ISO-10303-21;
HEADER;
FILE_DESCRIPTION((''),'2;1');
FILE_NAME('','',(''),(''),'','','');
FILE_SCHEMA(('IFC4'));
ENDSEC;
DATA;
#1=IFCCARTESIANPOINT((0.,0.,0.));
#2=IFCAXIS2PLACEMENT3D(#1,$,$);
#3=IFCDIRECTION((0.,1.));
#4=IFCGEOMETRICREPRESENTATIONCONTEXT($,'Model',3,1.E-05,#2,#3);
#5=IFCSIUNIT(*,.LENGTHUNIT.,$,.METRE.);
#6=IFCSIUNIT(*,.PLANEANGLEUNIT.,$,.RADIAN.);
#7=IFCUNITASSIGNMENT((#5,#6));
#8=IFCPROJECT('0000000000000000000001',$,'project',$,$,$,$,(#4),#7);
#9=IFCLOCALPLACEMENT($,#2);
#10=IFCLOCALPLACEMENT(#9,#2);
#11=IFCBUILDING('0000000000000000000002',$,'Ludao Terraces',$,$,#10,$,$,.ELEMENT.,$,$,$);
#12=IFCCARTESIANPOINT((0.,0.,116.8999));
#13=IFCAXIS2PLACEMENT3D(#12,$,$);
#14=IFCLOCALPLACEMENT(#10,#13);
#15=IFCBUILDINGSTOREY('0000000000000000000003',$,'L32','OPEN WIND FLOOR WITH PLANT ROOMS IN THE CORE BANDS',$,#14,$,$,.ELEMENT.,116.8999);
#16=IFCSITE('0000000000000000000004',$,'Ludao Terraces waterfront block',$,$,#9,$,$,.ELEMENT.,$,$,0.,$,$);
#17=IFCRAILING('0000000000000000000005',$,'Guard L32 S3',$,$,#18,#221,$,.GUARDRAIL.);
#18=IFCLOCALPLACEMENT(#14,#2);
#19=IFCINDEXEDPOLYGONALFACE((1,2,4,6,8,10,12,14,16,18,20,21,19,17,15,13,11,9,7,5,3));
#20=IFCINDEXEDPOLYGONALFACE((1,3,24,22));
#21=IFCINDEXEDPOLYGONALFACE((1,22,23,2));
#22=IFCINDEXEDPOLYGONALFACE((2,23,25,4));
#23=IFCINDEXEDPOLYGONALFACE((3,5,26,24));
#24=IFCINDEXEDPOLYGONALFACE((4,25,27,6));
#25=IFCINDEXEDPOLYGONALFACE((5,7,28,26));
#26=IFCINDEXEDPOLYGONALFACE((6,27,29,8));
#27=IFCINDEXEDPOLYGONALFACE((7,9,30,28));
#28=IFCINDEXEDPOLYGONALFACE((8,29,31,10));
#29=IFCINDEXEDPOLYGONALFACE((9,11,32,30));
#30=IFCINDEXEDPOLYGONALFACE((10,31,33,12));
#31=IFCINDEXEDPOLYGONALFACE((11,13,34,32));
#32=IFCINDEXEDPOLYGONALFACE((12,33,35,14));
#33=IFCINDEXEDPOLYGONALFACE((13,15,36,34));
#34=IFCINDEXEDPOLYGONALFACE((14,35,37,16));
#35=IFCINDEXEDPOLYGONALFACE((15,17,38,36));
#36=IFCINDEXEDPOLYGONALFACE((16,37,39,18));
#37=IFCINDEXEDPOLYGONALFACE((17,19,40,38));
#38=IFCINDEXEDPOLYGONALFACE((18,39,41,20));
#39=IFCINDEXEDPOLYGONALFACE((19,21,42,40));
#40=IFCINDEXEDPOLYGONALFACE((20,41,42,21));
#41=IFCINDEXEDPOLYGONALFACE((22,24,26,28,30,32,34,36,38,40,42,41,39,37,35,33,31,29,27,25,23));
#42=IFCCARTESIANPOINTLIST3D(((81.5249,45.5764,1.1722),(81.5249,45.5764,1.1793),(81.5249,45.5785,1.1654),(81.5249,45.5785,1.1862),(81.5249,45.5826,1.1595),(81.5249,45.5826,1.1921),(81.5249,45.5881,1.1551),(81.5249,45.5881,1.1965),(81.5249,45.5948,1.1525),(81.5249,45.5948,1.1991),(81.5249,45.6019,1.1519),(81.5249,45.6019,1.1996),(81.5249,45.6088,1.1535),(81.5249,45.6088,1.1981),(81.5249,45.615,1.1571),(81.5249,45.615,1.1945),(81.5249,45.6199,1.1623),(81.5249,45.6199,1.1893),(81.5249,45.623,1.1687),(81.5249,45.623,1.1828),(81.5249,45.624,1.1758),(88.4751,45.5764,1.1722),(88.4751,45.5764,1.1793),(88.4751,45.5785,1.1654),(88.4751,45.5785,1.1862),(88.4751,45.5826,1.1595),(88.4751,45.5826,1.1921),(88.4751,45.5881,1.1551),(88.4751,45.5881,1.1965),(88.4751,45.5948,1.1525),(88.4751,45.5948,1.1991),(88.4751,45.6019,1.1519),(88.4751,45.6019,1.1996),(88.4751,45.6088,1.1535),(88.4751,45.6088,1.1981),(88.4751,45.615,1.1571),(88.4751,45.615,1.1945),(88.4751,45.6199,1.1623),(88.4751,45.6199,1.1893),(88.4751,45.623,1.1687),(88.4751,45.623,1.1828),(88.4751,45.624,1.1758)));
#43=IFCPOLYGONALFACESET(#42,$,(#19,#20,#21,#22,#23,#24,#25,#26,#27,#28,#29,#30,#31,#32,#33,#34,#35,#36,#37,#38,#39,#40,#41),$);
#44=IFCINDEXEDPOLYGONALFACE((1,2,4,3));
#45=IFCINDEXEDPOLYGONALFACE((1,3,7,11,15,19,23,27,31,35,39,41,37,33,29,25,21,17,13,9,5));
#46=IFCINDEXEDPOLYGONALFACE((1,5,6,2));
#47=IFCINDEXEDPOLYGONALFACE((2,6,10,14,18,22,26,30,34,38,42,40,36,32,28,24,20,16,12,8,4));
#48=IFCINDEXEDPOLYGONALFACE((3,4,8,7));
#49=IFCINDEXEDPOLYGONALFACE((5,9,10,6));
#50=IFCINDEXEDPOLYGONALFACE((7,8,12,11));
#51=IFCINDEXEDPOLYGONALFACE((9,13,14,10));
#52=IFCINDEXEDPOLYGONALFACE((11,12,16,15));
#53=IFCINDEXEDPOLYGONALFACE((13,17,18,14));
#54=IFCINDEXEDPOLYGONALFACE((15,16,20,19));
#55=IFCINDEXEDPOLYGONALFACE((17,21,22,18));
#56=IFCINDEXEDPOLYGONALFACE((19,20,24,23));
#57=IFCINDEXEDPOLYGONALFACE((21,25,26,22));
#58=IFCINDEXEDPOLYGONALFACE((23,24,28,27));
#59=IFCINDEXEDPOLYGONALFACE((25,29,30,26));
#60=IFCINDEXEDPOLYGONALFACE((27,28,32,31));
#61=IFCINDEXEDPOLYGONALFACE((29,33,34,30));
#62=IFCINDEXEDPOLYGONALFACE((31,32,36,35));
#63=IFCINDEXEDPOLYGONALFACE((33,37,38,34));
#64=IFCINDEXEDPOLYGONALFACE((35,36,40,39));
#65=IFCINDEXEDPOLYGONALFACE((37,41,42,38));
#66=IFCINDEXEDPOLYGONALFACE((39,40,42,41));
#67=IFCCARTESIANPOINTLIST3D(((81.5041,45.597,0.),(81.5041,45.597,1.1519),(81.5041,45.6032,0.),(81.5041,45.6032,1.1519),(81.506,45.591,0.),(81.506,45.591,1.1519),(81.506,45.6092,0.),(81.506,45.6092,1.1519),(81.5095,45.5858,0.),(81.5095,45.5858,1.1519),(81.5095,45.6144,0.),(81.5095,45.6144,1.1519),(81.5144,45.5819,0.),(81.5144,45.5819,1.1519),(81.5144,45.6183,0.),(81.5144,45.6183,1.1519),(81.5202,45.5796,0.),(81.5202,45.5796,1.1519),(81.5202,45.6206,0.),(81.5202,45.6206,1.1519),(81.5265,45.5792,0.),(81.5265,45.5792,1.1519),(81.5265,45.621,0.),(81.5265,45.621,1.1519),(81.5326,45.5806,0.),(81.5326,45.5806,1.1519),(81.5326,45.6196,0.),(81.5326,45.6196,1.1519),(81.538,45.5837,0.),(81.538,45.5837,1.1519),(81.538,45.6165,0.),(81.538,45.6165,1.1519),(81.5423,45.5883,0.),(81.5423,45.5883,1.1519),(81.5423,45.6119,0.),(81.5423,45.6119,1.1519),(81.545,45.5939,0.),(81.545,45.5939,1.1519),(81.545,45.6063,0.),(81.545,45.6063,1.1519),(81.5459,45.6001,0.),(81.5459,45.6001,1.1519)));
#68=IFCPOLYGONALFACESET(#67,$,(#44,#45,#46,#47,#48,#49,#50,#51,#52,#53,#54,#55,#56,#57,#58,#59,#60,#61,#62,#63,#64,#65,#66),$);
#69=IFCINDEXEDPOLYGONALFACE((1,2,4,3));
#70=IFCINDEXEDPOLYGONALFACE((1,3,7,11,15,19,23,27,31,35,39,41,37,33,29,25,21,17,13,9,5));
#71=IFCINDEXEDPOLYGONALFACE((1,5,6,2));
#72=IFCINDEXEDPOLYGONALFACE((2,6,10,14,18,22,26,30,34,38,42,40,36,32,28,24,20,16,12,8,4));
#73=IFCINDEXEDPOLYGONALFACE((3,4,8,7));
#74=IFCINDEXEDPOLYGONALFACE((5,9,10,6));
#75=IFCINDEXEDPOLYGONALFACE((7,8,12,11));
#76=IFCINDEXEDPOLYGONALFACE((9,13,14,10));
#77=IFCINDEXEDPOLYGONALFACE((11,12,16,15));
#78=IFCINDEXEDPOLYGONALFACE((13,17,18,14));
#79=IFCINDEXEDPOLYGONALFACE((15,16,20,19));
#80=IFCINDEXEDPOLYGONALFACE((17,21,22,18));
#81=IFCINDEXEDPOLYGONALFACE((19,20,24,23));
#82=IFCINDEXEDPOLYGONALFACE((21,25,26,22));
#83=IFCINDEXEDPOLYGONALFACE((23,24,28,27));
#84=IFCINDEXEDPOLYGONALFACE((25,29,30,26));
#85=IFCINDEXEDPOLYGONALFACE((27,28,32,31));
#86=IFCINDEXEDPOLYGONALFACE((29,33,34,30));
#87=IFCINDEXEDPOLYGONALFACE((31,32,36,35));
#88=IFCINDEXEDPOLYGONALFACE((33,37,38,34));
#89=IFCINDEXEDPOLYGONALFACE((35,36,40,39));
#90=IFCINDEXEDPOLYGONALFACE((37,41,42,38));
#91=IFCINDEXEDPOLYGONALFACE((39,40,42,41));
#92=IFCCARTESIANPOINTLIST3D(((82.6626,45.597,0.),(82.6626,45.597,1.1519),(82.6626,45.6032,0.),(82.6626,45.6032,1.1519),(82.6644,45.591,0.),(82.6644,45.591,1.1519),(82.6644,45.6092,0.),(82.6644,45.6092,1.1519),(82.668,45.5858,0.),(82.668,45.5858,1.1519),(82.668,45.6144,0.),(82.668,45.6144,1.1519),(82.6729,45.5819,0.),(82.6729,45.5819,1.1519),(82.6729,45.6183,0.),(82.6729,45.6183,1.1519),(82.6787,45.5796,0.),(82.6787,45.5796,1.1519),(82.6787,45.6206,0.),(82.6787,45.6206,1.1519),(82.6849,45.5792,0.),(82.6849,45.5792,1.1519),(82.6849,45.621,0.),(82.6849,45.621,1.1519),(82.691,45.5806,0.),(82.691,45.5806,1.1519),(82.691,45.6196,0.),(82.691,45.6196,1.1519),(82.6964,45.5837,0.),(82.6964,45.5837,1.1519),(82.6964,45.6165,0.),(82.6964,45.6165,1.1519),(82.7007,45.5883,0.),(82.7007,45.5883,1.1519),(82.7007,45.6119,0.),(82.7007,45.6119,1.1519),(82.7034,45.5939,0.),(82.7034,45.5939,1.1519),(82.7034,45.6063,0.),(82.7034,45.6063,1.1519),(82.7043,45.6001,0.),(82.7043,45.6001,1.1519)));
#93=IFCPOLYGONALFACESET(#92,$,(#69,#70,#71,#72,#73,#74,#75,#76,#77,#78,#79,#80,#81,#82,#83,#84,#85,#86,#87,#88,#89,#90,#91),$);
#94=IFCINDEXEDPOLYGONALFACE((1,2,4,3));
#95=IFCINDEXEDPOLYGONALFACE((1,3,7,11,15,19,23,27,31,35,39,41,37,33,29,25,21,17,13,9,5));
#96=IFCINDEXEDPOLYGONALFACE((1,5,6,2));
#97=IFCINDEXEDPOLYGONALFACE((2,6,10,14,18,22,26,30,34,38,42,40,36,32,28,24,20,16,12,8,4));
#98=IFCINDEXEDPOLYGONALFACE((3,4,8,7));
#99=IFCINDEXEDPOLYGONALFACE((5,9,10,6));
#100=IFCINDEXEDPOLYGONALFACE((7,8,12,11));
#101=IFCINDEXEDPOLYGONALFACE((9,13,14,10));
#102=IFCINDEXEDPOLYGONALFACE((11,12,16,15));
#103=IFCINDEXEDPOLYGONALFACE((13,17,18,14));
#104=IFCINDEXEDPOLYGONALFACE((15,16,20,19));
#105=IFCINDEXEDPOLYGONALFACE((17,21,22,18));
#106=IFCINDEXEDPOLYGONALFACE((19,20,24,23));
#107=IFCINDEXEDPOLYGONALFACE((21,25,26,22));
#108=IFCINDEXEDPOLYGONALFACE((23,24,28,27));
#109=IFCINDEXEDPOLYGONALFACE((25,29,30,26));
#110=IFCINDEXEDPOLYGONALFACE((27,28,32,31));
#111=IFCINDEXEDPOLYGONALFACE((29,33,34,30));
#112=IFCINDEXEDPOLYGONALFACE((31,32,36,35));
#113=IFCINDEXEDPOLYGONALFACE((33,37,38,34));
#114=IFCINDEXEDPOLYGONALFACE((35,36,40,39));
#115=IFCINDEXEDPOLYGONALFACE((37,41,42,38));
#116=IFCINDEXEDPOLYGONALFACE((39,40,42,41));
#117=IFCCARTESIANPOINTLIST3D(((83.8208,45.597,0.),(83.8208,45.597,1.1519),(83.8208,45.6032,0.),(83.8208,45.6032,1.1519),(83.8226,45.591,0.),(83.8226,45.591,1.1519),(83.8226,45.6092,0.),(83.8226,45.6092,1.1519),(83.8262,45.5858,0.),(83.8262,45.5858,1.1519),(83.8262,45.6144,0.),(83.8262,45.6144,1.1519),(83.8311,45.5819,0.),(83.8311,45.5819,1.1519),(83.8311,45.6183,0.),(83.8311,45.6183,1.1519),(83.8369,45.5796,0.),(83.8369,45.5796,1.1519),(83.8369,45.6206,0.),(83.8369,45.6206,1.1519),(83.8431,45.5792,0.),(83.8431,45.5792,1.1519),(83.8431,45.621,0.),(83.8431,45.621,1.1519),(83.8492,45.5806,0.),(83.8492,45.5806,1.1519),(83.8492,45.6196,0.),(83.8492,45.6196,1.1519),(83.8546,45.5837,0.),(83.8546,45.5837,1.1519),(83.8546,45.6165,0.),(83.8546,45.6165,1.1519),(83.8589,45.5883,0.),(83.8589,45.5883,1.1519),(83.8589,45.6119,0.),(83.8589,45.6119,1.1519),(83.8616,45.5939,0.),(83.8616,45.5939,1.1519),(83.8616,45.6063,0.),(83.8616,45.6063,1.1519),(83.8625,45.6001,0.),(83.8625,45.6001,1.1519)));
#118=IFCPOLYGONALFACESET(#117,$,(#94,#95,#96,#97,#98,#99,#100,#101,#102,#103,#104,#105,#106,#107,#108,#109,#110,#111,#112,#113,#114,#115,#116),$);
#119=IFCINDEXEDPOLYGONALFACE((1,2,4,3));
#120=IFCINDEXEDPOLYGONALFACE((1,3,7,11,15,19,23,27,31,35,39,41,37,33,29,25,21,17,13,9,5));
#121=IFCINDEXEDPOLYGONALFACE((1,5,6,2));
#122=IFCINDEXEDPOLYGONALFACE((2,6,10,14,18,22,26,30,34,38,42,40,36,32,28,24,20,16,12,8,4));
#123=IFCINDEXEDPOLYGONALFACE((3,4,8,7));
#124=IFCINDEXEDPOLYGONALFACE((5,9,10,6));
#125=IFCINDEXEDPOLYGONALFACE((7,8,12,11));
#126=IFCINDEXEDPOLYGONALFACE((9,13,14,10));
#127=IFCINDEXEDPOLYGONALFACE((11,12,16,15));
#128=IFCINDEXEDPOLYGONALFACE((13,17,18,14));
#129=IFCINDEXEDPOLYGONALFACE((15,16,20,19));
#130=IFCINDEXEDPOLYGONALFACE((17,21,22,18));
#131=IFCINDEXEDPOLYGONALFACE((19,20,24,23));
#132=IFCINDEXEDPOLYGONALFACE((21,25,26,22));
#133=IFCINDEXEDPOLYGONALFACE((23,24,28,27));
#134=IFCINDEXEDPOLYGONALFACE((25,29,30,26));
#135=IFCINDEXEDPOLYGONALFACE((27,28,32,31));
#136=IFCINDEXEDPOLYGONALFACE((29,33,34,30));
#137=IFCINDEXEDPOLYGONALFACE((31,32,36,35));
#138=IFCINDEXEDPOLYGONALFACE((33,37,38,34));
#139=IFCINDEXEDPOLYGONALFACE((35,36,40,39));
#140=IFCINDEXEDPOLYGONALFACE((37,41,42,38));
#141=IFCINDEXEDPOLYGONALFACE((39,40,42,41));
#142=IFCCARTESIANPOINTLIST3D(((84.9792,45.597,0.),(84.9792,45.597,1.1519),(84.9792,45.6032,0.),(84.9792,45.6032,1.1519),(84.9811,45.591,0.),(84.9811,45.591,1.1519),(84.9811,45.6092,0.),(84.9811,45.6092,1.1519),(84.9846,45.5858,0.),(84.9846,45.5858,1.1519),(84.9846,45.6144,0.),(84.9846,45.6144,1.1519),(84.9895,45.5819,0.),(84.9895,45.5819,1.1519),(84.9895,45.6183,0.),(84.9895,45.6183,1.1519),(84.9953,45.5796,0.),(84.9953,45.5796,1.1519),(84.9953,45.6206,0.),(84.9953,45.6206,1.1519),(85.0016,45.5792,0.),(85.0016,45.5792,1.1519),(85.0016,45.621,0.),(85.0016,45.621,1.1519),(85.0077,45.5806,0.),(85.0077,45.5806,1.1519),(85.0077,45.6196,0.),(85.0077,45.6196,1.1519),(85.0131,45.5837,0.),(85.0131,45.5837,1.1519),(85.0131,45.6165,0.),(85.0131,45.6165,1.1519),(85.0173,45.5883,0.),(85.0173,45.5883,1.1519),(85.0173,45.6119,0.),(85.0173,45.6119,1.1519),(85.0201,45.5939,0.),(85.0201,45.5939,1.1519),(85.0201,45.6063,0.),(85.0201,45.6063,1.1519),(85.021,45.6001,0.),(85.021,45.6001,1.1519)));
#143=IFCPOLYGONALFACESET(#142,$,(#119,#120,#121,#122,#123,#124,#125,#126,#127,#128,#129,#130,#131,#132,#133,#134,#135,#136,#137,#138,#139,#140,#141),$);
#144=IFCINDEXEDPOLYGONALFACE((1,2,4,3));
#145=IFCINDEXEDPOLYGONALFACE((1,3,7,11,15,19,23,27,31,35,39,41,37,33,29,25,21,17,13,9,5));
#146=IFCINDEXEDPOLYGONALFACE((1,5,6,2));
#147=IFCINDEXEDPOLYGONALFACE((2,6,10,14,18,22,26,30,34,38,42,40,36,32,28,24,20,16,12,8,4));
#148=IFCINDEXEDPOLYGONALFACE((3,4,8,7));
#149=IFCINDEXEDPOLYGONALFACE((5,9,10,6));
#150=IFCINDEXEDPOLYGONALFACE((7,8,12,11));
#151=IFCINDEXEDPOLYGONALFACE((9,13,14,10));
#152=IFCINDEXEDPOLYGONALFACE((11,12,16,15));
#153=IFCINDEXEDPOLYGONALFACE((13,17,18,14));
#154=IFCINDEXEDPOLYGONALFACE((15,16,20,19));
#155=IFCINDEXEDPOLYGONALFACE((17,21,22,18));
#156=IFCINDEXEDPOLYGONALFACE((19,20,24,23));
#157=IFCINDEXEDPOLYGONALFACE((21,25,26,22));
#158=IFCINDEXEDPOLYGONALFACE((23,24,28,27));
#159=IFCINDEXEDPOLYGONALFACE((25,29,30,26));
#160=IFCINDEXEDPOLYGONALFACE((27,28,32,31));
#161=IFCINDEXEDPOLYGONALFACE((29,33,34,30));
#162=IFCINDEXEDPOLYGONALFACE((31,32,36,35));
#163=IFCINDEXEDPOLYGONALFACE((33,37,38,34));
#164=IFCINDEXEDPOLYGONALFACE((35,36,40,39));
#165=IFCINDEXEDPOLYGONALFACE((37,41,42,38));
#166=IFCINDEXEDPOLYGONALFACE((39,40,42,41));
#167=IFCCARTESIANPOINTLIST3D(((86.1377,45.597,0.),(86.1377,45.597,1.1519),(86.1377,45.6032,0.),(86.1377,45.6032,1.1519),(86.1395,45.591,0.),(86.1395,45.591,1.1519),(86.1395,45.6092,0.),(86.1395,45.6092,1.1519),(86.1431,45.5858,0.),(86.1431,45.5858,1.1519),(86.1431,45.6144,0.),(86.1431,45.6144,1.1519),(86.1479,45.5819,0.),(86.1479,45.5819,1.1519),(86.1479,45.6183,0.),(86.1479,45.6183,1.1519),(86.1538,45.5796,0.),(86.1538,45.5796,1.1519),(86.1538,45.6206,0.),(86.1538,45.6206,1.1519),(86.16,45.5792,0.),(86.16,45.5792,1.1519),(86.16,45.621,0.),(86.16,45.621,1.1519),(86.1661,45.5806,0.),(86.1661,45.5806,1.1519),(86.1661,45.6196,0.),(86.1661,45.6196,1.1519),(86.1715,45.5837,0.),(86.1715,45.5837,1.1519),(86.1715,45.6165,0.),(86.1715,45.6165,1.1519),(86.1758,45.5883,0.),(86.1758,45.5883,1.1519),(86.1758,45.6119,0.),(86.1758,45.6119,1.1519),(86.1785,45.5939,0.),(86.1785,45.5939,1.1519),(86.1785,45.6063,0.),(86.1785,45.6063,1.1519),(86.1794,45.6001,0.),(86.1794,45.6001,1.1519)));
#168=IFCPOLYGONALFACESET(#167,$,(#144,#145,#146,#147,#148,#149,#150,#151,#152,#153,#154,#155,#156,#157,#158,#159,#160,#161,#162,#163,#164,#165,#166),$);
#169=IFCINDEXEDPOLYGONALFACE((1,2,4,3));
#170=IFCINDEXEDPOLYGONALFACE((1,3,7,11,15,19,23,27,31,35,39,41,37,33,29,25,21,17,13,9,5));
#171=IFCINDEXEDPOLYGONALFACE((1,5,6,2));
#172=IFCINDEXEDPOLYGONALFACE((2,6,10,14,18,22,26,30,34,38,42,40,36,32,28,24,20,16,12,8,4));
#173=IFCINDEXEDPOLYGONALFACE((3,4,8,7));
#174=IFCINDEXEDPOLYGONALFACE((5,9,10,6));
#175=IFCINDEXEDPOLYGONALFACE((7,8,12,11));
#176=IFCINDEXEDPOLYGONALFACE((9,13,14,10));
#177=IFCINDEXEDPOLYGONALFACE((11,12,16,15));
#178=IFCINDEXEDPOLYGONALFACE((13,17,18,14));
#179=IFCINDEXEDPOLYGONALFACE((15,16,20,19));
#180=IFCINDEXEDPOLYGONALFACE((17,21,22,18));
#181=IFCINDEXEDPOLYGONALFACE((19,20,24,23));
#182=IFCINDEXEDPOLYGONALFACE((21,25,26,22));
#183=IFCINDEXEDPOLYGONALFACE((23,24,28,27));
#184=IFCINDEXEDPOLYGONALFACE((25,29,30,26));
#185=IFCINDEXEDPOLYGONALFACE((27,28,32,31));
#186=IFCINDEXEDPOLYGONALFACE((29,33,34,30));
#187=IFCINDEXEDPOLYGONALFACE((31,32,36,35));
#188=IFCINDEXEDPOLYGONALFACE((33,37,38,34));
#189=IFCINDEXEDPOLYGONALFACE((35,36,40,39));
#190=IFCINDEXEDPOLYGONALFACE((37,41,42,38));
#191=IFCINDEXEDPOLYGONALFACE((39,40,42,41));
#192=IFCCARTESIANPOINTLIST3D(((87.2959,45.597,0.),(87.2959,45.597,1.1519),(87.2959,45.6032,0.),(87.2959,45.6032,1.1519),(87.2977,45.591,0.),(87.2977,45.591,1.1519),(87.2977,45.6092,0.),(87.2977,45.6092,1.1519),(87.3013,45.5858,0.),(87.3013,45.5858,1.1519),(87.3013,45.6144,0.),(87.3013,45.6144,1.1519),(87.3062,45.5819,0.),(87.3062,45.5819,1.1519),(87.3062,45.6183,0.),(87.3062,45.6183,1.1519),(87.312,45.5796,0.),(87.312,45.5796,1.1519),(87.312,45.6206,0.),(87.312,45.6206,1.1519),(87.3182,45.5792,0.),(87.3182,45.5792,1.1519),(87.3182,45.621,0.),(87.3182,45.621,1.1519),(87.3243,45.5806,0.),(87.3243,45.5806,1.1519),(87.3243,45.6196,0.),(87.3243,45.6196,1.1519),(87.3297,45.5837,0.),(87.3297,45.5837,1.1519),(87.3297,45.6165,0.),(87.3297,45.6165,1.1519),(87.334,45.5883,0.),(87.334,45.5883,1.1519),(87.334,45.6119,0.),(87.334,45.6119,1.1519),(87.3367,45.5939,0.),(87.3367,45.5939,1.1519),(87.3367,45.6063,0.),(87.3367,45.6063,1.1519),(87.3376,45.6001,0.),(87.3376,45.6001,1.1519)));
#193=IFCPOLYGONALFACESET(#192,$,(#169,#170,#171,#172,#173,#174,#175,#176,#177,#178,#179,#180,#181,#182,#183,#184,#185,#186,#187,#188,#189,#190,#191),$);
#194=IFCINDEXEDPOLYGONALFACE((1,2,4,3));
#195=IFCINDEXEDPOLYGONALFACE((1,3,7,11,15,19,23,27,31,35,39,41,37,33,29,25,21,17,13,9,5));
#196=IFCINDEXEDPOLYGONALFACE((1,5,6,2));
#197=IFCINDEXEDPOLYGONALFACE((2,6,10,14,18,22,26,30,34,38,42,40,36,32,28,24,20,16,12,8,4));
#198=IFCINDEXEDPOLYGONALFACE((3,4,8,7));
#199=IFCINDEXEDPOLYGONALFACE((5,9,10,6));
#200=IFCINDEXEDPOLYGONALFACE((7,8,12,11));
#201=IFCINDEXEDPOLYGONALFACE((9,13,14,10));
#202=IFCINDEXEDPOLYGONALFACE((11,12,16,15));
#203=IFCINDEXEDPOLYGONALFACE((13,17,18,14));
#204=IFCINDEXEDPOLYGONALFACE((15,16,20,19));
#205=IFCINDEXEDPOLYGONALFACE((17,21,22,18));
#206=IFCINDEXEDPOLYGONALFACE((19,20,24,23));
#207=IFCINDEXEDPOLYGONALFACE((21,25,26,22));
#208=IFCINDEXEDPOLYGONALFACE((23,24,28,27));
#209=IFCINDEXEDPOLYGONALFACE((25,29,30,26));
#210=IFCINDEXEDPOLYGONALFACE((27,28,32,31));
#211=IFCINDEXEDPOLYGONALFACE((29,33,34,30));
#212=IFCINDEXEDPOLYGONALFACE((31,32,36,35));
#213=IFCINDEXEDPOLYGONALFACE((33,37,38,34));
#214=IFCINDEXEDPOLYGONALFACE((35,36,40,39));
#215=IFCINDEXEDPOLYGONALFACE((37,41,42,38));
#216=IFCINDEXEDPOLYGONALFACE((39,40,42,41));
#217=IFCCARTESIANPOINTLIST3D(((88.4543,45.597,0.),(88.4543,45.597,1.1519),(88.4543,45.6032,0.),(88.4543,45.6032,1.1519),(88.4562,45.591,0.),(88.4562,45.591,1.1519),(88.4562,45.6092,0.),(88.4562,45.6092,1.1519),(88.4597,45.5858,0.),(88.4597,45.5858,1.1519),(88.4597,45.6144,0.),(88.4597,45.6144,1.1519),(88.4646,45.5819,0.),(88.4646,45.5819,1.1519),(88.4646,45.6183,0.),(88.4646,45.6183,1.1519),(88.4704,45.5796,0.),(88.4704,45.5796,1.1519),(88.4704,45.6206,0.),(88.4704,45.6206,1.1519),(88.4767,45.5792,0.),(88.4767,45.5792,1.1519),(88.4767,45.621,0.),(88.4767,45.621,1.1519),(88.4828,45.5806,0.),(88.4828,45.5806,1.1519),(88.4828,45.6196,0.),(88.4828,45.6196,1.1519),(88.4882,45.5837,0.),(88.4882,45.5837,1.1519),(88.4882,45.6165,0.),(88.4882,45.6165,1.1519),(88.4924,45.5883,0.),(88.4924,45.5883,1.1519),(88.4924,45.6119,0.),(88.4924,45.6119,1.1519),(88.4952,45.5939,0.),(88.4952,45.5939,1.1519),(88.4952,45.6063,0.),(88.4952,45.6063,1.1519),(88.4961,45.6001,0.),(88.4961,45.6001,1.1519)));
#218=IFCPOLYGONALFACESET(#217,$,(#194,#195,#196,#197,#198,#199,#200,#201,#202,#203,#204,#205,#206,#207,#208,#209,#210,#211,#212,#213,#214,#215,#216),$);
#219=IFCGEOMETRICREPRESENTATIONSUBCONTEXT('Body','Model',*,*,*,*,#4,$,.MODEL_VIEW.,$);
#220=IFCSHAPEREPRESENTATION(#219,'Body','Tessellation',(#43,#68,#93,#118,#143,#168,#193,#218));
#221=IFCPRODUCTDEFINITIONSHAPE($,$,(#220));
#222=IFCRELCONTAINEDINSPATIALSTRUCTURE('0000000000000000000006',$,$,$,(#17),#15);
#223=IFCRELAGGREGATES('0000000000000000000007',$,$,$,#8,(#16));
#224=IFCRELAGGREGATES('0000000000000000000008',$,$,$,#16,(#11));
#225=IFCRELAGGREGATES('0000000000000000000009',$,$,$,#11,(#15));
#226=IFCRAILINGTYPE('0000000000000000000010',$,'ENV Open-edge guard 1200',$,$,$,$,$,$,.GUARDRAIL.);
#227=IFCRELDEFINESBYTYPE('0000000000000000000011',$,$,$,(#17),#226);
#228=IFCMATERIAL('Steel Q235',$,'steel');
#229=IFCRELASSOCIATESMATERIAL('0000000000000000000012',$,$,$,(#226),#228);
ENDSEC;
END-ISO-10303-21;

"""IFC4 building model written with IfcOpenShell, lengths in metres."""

from ifc_helpers import new_model, si_unit, direction, frame, origin, origin_2d, place, context, subcontext, project, spatial, circle, extrude, material, type_object, element, save


model = new_model("IFC4")

# Units and contexts
model_context = context("Model", 3, precision=1e-05, world=origin(), true_north=direction((0.0, 1.0)))
body_context = subcontext(model_context, "Body", "Model", "MODEL_VIEW")
ifc_project = project(units=[si_unit("LENGTHUNIT", "METRE"), si_unit("PLANEANGLEUNIT", "RADIAN")], contexts=[model_context])

# Site, building, storey
site_placement = place(None, origin())
site = spatial("IfcSite", under=ifc_project, at=site_placement, Name="Ludao Terraces waterfront block", CompositionType="ELEMENT", RefElevation=0.0)
building_placement = place(site_placement, origin())
building = spatial("IfcBuilding", under=site, at=building_placement, Name="Ludao Terraces", CompositionType="ELEMENT")
storey_placement = place(building_placement, frame((0.0, 0.0, 116.8999)))
storey = spatial("IfcBuildingStorey", under=building, at=storey_placement, Name="L32", Description="OPEN WIND FLOOR WITH PLANT ROOMS IN THE CORE BANDS", CompositionType="ELEMENT", Elevation=116.8999)

# Shared definitions
ifc_material_1 = material(Name="Steel Q235", Category="steel")

# Railing
railing_type = type_object("IfcRailingType", Name="ENV Open-edge guard 1200", PredefinedType="GUARDRAIL", material=ifc_material_1)
railing_1_placement = place(storey_placement, frame((81.5249, 45.6001, 0.0)))
element("IfcRailing", 1, at=railing_1_placement, inside=storey, type_object=railing_type, Name="Guard L32 S3", PredefinedType="GUARDRAIL", context=body_context, shape_type="SweptSolid", body=[
    extrude(circle(Radius=0.0239, at=origin_2d()), frame((0.0, 0.0, 1.1758), z_axis=(1.0, 0.0, 0.0), x_axis=(0.0, 1.0, 0.0)), (0.0, 0.0, 1.0), 6.9502),
    extrude(circle(Radius=0.021, at=origin_2d()), origin(), (0.0, 0.0, 1.0), 1.1519),
    extrude(circle(Radius=0.021, at=origin_2d()), frame((1.1584, 0.0, 0.0)), (0.0, 0.0, 1.0), 1.1519),
    extrude(circle(Radius=0.021, at=origin_2d()), frame((2.3167, 0.0, 0.0)), (0.0, 0.0, 1.0), 1.1519),
    extrude(circle(Radius=0.021, at=origin_2d()), frame((3.4751, 0.0, 0.0)), (0.0, 0.0, 1.0), 1.1519),
    extrude(circle(Radius=0.021, at=origin_2d()), frame((4.6335, 0.0, 0.0)), (0.0, 0.0, 1.0), 1.1519),
    extrude(circle(Radius=0.021, at=origin_2d()), frame((5.7917, 0.0, 0.0)), (0.0, 0.0, 1.0), 1.1519),
    extrude(circle(Radius=0.021, at=origin_2d()), frame((6.9502, 0.0, 0.0)), (0.0, 0.0, 1.0), 1.1519),
])

save(model, "model.ifc")
